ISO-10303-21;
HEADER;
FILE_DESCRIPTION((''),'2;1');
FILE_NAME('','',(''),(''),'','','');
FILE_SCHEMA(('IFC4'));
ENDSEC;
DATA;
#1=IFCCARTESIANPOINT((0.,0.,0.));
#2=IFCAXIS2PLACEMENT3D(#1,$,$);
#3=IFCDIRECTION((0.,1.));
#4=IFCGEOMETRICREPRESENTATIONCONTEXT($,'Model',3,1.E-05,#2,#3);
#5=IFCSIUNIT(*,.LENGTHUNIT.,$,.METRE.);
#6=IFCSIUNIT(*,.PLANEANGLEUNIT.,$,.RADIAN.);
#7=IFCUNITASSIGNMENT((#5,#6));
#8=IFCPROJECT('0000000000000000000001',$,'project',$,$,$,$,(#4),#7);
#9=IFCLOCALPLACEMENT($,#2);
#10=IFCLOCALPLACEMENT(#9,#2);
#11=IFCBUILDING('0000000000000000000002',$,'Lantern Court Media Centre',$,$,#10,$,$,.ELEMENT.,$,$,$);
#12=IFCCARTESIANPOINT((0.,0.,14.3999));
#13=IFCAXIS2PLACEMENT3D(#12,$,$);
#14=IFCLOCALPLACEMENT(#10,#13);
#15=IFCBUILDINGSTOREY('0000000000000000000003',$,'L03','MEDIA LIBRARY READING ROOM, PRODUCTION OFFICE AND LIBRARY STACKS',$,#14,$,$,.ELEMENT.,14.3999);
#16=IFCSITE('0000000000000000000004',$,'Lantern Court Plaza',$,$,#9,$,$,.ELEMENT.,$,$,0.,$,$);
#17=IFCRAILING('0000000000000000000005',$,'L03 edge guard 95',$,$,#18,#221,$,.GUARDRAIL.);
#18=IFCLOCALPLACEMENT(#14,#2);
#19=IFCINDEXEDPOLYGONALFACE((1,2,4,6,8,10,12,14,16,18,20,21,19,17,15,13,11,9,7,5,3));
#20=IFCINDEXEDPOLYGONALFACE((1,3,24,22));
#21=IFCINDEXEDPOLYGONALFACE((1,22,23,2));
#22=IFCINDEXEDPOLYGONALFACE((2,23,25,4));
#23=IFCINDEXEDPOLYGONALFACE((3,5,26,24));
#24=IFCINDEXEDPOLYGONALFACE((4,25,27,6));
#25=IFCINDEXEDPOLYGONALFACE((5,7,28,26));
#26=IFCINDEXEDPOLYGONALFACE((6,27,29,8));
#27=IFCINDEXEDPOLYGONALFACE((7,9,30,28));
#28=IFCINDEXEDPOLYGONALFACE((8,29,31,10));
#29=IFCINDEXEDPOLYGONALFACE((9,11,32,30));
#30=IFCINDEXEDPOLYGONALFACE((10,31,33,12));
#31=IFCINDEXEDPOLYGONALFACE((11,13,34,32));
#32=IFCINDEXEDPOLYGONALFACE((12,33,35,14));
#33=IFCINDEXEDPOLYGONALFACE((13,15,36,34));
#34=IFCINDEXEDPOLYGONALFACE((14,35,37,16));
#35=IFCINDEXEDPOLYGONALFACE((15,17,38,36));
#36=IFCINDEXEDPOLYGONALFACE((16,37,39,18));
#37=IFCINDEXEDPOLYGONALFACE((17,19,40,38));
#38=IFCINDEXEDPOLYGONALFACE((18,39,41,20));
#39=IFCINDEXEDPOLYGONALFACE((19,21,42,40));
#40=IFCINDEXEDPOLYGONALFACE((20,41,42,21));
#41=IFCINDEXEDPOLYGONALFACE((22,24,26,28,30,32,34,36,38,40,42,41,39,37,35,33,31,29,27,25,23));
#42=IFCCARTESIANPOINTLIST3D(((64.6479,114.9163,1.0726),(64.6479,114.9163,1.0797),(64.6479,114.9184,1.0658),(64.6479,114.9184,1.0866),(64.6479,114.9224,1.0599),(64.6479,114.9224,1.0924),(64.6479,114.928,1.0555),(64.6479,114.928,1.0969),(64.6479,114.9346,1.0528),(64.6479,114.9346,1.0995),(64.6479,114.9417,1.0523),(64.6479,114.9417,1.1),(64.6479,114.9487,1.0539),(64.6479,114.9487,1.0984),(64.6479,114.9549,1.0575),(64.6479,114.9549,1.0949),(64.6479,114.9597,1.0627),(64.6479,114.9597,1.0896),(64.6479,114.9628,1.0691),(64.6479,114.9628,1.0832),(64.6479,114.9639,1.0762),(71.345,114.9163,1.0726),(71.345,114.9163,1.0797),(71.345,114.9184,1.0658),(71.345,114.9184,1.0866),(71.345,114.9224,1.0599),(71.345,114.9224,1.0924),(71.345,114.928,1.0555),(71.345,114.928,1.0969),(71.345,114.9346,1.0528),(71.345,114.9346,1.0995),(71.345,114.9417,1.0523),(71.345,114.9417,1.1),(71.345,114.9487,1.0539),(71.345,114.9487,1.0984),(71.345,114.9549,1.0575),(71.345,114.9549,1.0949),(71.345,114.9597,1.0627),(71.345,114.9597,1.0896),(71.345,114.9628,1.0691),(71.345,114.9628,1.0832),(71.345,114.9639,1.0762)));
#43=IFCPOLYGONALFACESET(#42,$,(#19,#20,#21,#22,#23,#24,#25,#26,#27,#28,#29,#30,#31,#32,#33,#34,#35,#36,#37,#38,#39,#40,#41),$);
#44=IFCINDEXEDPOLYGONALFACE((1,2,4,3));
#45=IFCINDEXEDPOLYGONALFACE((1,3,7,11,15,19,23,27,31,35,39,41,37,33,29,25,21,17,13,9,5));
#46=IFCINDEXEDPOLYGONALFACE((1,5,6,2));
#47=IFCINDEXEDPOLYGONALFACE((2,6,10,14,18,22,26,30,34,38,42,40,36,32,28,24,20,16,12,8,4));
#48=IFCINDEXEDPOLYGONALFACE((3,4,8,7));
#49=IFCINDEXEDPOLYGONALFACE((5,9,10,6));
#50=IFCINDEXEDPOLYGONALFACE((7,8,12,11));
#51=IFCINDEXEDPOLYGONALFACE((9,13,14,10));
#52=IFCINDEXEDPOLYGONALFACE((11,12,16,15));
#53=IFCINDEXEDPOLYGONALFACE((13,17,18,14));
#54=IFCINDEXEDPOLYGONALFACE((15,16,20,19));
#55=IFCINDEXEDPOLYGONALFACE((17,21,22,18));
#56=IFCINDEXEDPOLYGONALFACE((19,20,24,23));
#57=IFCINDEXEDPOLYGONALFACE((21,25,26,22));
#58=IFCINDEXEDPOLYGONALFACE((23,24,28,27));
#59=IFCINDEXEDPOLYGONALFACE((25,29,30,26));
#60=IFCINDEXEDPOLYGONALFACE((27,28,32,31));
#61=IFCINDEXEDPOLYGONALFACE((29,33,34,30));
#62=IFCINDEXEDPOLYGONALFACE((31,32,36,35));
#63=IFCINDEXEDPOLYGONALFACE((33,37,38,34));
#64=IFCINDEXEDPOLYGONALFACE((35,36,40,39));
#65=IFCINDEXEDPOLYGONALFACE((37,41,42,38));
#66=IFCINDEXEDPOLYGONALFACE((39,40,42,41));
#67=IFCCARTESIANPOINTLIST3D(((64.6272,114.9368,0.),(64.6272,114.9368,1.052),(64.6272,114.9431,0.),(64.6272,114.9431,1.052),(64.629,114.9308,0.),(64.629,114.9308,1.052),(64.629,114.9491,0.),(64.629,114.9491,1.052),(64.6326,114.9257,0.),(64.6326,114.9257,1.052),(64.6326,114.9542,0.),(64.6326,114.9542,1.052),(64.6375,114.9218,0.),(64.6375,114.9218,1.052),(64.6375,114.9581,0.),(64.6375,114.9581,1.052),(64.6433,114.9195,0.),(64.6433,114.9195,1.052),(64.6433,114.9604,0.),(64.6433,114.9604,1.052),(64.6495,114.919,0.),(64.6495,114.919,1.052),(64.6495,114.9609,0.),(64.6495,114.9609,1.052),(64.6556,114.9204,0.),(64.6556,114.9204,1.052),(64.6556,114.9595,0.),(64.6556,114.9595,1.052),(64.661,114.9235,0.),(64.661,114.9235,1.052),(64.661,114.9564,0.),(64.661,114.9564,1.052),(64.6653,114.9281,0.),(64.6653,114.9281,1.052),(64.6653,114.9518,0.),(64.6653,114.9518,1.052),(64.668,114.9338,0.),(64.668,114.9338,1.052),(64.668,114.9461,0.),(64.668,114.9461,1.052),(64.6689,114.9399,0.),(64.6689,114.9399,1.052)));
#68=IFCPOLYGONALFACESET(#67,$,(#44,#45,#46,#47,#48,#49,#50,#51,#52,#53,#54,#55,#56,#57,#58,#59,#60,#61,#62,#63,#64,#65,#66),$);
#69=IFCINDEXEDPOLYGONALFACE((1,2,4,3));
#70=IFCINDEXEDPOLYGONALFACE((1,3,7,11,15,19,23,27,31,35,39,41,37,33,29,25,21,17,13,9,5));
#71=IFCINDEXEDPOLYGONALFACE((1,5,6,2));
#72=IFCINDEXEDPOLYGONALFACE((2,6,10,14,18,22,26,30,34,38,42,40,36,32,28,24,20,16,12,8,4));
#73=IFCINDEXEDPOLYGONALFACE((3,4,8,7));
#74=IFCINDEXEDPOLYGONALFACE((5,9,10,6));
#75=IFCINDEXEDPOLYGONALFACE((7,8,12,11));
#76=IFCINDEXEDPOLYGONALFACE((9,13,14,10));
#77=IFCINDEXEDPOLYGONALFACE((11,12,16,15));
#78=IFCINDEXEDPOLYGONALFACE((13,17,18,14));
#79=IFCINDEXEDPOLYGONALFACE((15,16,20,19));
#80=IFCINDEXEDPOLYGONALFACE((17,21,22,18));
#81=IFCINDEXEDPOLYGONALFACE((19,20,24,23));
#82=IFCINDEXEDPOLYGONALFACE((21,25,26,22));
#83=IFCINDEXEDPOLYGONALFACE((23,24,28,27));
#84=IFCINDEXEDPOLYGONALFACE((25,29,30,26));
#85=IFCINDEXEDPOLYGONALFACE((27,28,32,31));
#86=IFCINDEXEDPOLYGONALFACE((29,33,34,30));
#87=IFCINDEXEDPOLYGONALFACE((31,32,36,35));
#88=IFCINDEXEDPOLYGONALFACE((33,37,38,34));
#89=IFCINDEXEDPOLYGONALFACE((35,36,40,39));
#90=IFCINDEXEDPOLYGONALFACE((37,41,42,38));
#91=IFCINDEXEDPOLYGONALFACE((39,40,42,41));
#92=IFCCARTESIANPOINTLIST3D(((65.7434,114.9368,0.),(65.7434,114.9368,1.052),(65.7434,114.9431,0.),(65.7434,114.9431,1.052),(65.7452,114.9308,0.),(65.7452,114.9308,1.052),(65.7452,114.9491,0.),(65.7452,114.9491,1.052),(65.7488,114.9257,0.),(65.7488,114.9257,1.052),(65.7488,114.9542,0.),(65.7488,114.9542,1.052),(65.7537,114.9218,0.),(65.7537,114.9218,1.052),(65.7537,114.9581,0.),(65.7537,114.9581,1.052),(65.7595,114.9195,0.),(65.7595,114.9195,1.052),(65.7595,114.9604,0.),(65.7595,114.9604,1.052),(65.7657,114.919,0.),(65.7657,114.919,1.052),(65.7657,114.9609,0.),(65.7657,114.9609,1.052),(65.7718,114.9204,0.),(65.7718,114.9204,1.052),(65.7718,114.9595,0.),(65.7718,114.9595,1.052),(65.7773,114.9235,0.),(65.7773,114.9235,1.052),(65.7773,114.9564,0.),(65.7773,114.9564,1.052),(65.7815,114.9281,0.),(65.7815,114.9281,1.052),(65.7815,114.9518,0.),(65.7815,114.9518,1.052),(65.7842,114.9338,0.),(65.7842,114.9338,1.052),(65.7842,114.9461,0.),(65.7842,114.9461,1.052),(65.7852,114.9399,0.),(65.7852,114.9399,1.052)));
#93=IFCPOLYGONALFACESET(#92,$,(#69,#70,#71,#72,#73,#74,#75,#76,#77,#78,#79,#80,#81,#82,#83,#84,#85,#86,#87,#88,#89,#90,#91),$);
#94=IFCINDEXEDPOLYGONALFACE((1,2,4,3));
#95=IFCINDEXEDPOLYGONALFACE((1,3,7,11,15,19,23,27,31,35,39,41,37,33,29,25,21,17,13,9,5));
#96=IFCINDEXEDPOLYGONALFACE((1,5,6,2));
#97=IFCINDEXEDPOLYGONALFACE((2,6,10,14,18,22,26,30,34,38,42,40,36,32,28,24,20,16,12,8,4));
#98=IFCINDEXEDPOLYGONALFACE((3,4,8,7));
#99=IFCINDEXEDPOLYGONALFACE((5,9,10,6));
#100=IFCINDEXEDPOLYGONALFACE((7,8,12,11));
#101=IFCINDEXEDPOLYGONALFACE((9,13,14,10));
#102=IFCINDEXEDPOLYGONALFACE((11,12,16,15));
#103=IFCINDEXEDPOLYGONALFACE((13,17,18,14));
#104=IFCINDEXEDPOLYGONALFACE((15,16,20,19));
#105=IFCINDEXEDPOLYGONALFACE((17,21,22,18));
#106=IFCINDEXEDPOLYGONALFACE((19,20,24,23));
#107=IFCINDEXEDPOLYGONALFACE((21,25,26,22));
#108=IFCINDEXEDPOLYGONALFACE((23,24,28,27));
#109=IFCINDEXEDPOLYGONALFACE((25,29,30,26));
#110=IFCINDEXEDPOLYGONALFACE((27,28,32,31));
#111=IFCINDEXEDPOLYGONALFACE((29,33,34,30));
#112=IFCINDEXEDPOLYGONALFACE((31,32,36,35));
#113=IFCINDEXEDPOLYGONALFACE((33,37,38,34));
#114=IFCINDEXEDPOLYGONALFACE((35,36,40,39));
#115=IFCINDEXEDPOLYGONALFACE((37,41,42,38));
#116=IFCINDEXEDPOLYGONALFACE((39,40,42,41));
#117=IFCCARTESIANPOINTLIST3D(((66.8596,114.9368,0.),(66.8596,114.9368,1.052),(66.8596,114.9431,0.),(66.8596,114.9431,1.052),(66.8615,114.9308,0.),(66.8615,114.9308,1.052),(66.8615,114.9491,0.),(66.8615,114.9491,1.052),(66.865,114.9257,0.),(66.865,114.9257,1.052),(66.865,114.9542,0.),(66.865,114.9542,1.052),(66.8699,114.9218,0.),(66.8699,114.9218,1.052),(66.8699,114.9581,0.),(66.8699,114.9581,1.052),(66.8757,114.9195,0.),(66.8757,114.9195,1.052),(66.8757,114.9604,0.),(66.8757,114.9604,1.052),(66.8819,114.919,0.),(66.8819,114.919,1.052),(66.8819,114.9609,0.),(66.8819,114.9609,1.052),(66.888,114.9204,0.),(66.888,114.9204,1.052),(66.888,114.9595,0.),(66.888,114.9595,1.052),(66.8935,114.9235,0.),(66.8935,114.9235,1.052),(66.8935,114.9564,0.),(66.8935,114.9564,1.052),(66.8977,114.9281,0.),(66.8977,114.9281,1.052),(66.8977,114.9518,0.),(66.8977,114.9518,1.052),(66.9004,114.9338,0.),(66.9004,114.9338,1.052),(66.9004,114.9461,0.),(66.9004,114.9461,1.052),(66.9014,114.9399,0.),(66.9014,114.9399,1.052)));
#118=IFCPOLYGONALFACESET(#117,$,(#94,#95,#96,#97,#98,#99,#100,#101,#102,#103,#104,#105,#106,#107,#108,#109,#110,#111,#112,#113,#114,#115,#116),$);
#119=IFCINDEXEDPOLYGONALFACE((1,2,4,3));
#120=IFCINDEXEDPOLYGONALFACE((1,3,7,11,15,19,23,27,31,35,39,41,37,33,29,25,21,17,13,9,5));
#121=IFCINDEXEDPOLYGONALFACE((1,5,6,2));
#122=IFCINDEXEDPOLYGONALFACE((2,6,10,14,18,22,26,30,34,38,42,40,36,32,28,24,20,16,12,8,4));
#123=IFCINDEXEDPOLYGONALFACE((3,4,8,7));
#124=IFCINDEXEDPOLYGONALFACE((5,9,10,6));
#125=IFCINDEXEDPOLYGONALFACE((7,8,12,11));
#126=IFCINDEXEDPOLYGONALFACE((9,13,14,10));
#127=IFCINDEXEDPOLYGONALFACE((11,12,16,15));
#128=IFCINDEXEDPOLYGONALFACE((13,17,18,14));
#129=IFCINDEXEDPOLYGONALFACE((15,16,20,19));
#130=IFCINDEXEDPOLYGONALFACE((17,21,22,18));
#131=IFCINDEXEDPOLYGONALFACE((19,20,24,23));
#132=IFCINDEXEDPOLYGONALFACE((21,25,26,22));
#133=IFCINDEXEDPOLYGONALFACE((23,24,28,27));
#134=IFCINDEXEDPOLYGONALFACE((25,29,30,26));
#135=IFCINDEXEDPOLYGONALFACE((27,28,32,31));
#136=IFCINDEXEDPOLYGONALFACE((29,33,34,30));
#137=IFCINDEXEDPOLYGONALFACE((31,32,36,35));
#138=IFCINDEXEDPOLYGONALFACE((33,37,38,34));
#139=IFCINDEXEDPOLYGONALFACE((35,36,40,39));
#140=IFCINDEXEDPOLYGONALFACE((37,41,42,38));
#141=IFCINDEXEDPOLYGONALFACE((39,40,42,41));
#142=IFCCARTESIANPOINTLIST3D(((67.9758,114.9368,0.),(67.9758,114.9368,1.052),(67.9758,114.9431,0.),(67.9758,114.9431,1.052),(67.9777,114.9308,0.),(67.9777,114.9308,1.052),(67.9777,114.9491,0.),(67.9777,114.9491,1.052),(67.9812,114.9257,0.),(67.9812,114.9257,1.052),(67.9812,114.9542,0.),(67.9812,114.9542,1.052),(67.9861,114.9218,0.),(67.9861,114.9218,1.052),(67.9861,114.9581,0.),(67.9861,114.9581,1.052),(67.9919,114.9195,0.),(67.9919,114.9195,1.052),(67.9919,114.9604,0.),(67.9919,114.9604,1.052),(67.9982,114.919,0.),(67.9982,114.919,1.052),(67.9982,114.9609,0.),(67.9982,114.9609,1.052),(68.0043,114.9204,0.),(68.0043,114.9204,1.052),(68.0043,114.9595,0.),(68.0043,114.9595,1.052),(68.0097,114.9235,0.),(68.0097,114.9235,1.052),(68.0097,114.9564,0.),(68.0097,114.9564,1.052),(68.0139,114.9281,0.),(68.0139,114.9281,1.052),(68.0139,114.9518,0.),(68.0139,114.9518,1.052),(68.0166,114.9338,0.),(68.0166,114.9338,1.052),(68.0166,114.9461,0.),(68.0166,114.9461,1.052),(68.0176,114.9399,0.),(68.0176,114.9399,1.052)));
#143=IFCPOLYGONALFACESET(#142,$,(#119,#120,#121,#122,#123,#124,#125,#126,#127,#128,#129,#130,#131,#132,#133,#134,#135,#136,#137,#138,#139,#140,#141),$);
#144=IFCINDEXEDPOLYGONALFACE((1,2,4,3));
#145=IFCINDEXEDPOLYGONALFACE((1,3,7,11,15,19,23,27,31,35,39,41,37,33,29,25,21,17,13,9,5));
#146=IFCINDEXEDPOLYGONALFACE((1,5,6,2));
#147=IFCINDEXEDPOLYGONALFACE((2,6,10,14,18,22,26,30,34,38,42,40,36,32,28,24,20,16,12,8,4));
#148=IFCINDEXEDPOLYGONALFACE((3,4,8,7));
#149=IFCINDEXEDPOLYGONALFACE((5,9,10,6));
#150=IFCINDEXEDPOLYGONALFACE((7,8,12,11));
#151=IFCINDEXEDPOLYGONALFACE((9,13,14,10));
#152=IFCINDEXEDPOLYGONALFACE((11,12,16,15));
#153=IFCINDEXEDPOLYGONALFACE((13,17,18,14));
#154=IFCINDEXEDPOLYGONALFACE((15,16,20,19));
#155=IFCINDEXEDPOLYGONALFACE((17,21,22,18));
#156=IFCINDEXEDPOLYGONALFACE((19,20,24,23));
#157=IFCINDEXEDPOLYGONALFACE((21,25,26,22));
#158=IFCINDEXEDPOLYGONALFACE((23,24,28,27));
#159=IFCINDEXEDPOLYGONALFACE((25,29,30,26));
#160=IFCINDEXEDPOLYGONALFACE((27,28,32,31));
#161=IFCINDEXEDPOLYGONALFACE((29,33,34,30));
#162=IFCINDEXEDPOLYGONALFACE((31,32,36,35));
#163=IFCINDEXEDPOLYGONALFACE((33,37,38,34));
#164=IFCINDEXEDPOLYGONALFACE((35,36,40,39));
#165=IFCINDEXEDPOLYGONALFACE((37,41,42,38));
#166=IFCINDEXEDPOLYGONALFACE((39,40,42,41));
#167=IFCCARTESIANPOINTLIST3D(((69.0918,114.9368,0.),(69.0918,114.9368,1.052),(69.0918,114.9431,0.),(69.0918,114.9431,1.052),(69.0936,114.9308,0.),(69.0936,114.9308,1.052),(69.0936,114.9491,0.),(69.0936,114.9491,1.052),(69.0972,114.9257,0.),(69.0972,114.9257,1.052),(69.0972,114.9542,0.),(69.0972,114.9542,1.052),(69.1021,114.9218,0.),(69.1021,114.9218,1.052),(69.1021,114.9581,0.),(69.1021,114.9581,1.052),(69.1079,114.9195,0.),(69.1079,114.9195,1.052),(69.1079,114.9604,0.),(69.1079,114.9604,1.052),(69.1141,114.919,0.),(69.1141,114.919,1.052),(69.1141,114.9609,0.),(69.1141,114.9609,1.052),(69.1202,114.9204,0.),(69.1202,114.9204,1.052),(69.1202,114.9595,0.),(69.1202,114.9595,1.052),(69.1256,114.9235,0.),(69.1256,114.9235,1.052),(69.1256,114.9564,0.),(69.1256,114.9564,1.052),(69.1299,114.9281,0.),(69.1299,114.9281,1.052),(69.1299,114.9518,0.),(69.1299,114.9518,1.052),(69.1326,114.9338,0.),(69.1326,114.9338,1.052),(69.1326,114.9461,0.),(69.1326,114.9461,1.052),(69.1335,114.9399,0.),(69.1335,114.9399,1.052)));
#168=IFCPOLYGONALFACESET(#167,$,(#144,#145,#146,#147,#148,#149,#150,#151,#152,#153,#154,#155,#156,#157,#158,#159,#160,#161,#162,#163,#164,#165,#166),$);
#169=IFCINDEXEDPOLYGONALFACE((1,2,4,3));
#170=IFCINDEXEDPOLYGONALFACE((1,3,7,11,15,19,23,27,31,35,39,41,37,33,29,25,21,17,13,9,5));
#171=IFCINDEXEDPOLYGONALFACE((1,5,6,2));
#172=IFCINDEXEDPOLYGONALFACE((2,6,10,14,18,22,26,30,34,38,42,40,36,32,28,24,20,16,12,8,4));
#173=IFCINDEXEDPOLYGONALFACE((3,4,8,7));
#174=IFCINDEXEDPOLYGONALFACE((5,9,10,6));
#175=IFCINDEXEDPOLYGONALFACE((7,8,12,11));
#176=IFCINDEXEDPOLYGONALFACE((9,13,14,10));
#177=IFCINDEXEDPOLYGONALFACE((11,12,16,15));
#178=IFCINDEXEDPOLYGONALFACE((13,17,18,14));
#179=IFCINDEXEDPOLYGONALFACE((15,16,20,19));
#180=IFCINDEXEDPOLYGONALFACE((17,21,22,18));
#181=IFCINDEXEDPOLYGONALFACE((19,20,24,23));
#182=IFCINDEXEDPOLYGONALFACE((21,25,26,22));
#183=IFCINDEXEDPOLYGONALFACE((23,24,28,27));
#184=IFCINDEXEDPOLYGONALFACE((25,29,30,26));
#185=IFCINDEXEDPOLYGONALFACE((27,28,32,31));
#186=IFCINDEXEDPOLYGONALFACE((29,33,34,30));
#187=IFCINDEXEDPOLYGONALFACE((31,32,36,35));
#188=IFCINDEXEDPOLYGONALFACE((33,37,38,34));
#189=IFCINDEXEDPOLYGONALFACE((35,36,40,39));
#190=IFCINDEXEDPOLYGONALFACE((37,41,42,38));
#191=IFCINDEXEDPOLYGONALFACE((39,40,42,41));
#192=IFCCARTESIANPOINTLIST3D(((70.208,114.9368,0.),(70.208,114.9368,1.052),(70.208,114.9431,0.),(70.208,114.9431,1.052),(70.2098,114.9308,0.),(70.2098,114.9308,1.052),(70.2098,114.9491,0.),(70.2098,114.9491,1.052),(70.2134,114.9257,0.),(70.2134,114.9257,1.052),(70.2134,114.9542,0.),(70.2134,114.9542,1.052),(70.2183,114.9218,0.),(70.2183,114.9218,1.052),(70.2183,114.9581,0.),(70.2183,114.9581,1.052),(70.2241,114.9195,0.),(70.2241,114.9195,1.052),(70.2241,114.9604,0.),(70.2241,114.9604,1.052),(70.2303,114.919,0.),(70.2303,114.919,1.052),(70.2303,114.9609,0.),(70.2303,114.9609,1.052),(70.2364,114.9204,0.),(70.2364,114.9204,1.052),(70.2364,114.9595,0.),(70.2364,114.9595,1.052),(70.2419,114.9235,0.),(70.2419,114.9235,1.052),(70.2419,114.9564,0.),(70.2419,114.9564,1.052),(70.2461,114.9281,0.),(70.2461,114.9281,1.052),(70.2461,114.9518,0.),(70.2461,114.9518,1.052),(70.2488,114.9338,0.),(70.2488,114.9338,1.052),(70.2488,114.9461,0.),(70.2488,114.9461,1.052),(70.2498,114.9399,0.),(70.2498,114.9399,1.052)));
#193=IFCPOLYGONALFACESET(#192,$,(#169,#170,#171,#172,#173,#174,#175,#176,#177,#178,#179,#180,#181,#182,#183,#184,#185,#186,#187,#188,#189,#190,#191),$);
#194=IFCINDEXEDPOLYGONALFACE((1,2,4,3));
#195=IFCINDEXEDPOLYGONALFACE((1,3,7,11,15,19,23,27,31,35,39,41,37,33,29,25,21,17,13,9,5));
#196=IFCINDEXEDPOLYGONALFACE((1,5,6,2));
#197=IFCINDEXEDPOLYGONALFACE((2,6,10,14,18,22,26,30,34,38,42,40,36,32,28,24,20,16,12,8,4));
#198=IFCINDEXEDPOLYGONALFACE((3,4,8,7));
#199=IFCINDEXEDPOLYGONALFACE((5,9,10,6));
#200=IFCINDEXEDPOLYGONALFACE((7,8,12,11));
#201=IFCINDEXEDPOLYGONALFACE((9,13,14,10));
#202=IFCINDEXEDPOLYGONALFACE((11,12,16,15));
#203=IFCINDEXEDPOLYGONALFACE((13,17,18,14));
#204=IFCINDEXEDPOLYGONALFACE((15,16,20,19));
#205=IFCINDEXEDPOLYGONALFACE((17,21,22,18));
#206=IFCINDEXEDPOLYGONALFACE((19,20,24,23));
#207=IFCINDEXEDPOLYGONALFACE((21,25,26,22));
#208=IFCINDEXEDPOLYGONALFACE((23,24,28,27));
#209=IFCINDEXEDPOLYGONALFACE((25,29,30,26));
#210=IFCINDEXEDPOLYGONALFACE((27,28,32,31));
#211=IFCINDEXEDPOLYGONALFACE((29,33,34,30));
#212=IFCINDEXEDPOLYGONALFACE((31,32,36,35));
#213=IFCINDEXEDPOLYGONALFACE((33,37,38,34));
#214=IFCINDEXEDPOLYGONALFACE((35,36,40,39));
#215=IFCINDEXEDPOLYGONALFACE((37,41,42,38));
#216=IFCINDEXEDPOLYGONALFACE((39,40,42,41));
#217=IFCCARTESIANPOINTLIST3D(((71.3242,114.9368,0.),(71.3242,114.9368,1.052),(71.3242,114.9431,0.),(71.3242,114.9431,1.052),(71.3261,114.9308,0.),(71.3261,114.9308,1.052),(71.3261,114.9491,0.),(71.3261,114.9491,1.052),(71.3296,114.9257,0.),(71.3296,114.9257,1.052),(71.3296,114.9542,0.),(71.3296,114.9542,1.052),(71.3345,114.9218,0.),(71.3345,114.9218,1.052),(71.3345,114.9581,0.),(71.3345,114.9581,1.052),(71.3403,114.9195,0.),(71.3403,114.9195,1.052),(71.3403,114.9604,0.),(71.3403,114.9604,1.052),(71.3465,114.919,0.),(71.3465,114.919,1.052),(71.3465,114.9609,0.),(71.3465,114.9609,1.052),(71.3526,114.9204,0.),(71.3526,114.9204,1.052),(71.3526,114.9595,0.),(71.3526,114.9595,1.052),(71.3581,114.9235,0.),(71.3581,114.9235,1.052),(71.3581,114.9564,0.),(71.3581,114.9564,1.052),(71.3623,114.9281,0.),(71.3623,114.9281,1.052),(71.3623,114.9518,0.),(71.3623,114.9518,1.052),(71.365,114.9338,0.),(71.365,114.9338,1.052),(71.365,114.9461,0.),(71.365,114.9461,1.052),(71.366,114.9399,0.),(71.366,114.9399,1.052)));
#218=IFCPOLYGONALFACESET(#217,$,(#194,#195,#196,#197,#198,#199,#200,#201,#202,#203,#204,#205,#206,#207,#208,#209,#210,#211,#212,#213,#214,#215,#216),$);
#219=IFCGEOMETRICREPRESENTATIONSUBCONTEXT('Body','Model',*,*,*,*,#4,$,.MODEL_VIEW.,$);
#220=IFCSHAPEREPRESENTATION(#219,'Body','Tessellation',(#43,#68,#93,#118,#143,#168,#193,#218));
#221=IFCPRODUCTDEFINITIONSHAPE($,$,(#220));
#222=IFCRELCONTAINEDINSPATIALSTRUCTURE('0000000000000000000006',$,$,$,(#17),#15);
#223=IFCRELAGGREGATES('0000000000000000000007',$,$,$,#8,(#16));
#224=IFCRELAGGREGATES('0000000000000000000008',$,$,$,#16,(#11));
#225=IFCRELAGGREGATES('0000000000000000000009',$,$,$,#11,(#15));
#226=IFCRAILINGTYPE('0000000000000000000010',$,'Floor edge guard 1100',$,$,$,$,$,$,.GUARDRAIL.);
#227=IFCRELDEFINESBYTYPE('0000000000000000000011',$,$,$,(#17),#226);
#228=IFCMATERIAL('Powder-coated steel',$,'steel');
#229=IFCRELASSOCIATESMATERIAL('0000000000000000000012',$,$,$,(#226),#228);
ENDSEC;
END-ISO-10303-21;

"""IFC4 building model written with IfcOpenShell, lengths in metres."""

from ifc_helpers import new_model, si_unit, direction, frame, origin, origin_2d, place, context, subcontext, project, spatial, circle, extrude, material, type_object, element, save


model = new_model("IFC4")

# Units and contexts
model_context = context("Model", 3, precision=1e-05, world=origin(), true_north=direction((0.0, 1.0)))
body_context = subcontext(model_context, "Body", "Model", "MODEL_VIEW")
ifc_project = project(units=[si_unit("LENGTHUNIT", "METRE"), si_unit("PLANEANGLEUNIT", "RADIAN")], contexts=[model_context])

# Site, building, storey
site_placement = place(None, origin())
site = spatial("IfcSite", under=ifc_project, at=site_placement, Name="Lantern Court Plaza", CompositionType="ELEMENT", RefElevation=0.0)
building_placement = place(site_placement, origin())
building = spatial("IfcBuilding", under=site, at=building_placement, Name="Lantern Court Media Centre", CompositionType="ELEMENT")
storey_placement = place(building_placement, frame((0.0, 0.0, 14.3999)))
storey = spatial("IfcBuildingStorey", under=building, at=storey_placement, Name="L03", Description="MEDIA LIBRARY READING ROOM, PRODUCTION OFFICE AND LIBRARY STACKS", CompositionType="ELEMENT", Elevation=14.3999)

# Railing
ifc_material_1 = material(Name="Powder-coated steel", Category="steel")
railing_type = type_object("IfcRailingType", Name="Floor edge guard 1100", PredefinedType="GUARDRAIL", material=ifc_material_1)
railing_placement = place(storey_placement, frame((64.6479, 114.9399, 0.0)))
element("IfcRailing", 1, at=railing_placement, inside=storey, type_object=railing_type, Name="L03 edge guard 95", PredefinedType="GUARDRAIL", context=body_context, shape_type="SweptSolid", body=[
    extrude(circle(Radius=0.0239, at=origin_2d()), frame((0.0, 0.0, 1.0762), z_axis=(1.0, 0.0, 0.0), x_axis=(0.0, 1.0, 0.0)), (0.0, 0.0, 1.0), 6.697),
    extrude(circle(Radius=0.021, at=origin_2d()), origin(), (0.0, 0.0, 1.0), 1.052),
    extrude(circle(Radius=0.021, at=origin_2d()), frame((1.1162, 0.0, 0.0)), (0.0, 0.0, 1.0), 1.052),
    extrude(circle(Radius=0.021, at=origin_2d()), frame((2.2324, 0.0, 0.0)), (0.0, 0.0, 1.0), 1.052),
    extrude(circle(Radius=0.021, at=origin_2d()), frame((3.3486, 0.0, 0.0)), (0.0, 0.0, 1.0), 1.052),
    extrude(circle(Radius=0.021, at=origin_2d()), frame((4.4646, 0.0, 0.0)), (0.0, 0.0, 1.0), 1.052),
    extrude(circle(Radius=0.021, at=origin_2d()), frame((5.5808, 0.0, 0.0)), (0.0, 0.0, 1.0), 1.052),
    extrude(circle(Radius=0.021, at=origin_2d()), frame((6.697, 0.0, 0.0)), (0.0, 0.0, 1.0), 1.052),
])

save(model, "model.ifc")
